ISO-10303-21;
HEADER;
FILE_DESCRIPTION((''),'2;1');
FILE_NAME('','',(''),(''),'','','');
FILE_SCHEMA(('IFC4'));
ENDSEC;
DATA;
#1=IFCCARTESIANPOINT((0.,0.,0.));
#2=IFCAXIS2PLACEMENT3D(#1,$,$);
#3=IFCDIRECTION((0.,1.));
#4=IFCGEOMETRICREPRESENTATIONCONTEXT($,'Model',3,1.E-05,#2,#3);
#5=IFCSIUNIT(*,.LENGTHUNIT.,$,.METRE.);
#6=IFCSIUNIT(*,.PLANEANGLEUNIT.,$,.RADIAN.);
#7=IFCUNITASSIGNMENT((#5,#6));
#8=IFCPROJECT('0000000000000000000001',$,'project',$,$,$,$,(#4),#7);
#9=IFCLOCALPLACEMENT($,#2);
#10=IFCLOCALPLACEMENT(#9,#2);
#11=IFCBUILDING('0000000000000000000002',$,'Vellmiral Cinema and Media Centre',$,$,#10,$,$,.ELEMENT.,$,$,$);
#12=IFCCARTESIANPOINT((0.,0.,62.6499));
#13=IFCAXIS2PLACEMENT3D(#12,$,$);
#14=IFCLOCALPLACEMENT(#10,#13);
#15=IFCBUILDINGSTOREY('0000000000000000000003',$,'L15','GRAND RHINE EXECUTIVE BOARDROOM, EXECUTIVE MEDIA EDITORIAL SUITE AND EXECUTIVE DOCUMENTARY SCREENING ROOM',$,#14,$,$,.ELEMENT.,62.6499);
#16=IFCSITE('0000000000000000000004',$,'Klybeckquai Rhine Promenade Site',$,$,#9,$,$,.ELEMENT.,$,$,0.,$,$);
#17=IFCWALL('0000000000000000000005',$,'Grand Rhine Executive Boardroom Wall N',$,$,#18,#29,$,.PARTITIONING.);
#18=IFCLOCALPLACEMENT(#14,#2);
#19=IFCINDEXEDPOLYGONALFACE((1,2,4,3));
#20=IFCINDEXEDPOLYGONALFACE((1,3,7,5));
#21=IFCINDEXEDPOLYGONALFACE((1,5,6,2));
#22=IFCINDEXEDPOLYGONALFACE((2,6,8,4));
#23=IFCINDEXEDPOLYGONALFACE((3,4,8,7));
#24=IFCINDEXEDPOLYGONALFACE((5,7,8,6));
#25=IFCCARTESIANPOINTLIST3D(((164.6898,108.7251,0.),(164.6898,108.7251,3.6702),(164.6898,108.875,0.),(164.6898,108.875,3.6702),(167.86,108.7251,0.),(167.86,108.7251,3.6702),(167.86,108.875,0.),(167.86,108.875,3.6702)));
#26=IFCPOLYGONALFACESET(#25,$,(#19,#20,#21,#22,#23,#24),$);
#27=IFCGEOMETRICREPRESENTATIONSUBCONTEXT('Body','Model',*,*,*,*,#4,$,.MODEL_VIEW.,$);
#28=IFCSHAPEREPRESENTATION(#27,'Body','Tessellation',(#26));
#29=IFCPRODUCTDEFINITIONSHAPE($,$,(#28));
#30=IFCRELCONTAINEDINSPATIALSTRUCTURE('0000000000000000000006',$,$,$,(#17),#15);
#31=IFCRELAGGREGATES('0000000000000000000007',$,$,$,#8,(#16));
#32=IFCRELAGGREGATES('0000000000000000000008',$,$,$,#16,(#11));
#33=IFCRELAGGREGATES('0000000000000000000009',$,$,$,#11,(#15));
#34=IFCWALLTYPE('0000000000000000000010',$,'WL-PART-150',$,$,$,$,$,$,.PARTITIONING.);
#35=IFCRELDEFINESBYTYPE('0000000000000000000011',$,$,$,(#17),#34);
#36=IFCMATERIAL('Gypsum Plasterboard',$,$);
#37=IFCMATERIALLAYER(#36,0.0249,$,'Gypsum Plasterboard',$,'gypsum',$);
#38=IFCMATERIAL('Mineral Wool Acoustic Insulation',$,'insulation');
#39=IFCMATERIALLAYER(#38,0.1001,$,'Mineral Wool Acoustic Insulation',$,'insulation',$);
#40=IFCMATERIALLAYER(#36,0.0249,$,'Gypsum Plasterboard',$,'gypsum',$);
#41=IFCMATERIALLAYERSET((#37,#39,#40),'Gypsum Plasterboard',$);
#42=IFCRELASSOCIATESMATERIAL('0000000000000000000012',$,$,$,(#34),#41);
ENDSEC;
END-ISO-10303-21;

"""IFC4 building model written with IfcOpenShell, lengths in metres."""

from ifc_helpers import new_model, si_unit, direction, frame, frame_2d, origin, place, context, subcontext, project, spatial, rectangle, extrude, material, layer, layer_set, type_object, element, save


model = new_model("IFC4")

# Units and contexts
model_context = context("Model", 3, precision=1e-05, world=origin(), true_north=direction((0.0, 1.0)))
body_context = subcontext(model_context, "Body", "Model", "MODEL_VIEW")
ifc_project = project(units=[si_unit("LENGTHUNIT", "METRE"), si_unit("PLANEANGLEUNIT", "RADIAN")], contexts=[model_context])

# Site, building, storey
site_placement = place(None, origin())
site = spatial("IfcSite", under=ifc_project, at=site_placement, Name="Klybeckquai Rhine Promenade Site", CompositionType="ELEMENT", RefElevation=0.0)
building_placement = place(site_placement, origin())
building = spatial("IfcBuilding", under=site, at=building_placement, Name="Vellmiral Cinema and Media Centre", CompositionType="ELEMENT")
storey_placement = place(building_placement, frame((0.0, 0.0, 62.6499)))
storey = spatial("IfcBuildingStorey", under=building, at=storey_placement, Name="L15", Description="GRAND RHINE EXECUTIVE BOARDROOM, EXECUTIVE MEDIA EDITORIAL SUITE AND EXECUTIVE DOCUMENTARY SCREENING ROOM", CompositionType="ELEMENT", Elevation=62.6499)

# Wall
ifc_material_1 = material(Name="Gypsum Plasterboard")
ifc_layer_1 = layer(ifc_material_1, 0.0249, Name="Gypsum Plasterboard", Category="gypsum")
ifc_material_2 = material(Name="Mineral Wool Acoustic Insulation", Category="insulation")
ifc_layer_2 = layer(ifc_material_2, 0.1001, Name="Mineral Wool Acoustic Insulation", Category="insulation")
ifc_layer_3 = layer(ifc_material_1, 0.0249, Name="Gypsum Plasterboard", Category="gypsum")
ifc_layer_set_1 = layer_set([ifc_layer_1, ifc_layer_2, ifc_layer_3], Name="Gypsum Plasterboard")
wall_type_1 = type_object("IfcWallType", Name="WL-PART-150", PredefinedType="PARTITIONING", material=ifc_layer_set_1)
wall_1_placement = place(storey_placement, frame((164.6899, 108.8, 0.0), z_axis=(0.0, 0.0, 1.0), x_axis=(1.0, 0.0, 0.0)))
element("IfcWall", 1, at=wall_1_placement, inside=storey, type_object=wall_type_1, Name="Grand Rhine Executive Boardroom Wall N", PredefinedType="PARTITIONING", context=body_context, shape_type="SweptSolid", body=[
    extrude(rectangle(XDim=3.1702, YDim=0.1499, at=frame_2d((1.585, 0.0))), origin(), (0.0, 0.0, 1.0), 3.6702),
])

save(model, "model.ifc")
